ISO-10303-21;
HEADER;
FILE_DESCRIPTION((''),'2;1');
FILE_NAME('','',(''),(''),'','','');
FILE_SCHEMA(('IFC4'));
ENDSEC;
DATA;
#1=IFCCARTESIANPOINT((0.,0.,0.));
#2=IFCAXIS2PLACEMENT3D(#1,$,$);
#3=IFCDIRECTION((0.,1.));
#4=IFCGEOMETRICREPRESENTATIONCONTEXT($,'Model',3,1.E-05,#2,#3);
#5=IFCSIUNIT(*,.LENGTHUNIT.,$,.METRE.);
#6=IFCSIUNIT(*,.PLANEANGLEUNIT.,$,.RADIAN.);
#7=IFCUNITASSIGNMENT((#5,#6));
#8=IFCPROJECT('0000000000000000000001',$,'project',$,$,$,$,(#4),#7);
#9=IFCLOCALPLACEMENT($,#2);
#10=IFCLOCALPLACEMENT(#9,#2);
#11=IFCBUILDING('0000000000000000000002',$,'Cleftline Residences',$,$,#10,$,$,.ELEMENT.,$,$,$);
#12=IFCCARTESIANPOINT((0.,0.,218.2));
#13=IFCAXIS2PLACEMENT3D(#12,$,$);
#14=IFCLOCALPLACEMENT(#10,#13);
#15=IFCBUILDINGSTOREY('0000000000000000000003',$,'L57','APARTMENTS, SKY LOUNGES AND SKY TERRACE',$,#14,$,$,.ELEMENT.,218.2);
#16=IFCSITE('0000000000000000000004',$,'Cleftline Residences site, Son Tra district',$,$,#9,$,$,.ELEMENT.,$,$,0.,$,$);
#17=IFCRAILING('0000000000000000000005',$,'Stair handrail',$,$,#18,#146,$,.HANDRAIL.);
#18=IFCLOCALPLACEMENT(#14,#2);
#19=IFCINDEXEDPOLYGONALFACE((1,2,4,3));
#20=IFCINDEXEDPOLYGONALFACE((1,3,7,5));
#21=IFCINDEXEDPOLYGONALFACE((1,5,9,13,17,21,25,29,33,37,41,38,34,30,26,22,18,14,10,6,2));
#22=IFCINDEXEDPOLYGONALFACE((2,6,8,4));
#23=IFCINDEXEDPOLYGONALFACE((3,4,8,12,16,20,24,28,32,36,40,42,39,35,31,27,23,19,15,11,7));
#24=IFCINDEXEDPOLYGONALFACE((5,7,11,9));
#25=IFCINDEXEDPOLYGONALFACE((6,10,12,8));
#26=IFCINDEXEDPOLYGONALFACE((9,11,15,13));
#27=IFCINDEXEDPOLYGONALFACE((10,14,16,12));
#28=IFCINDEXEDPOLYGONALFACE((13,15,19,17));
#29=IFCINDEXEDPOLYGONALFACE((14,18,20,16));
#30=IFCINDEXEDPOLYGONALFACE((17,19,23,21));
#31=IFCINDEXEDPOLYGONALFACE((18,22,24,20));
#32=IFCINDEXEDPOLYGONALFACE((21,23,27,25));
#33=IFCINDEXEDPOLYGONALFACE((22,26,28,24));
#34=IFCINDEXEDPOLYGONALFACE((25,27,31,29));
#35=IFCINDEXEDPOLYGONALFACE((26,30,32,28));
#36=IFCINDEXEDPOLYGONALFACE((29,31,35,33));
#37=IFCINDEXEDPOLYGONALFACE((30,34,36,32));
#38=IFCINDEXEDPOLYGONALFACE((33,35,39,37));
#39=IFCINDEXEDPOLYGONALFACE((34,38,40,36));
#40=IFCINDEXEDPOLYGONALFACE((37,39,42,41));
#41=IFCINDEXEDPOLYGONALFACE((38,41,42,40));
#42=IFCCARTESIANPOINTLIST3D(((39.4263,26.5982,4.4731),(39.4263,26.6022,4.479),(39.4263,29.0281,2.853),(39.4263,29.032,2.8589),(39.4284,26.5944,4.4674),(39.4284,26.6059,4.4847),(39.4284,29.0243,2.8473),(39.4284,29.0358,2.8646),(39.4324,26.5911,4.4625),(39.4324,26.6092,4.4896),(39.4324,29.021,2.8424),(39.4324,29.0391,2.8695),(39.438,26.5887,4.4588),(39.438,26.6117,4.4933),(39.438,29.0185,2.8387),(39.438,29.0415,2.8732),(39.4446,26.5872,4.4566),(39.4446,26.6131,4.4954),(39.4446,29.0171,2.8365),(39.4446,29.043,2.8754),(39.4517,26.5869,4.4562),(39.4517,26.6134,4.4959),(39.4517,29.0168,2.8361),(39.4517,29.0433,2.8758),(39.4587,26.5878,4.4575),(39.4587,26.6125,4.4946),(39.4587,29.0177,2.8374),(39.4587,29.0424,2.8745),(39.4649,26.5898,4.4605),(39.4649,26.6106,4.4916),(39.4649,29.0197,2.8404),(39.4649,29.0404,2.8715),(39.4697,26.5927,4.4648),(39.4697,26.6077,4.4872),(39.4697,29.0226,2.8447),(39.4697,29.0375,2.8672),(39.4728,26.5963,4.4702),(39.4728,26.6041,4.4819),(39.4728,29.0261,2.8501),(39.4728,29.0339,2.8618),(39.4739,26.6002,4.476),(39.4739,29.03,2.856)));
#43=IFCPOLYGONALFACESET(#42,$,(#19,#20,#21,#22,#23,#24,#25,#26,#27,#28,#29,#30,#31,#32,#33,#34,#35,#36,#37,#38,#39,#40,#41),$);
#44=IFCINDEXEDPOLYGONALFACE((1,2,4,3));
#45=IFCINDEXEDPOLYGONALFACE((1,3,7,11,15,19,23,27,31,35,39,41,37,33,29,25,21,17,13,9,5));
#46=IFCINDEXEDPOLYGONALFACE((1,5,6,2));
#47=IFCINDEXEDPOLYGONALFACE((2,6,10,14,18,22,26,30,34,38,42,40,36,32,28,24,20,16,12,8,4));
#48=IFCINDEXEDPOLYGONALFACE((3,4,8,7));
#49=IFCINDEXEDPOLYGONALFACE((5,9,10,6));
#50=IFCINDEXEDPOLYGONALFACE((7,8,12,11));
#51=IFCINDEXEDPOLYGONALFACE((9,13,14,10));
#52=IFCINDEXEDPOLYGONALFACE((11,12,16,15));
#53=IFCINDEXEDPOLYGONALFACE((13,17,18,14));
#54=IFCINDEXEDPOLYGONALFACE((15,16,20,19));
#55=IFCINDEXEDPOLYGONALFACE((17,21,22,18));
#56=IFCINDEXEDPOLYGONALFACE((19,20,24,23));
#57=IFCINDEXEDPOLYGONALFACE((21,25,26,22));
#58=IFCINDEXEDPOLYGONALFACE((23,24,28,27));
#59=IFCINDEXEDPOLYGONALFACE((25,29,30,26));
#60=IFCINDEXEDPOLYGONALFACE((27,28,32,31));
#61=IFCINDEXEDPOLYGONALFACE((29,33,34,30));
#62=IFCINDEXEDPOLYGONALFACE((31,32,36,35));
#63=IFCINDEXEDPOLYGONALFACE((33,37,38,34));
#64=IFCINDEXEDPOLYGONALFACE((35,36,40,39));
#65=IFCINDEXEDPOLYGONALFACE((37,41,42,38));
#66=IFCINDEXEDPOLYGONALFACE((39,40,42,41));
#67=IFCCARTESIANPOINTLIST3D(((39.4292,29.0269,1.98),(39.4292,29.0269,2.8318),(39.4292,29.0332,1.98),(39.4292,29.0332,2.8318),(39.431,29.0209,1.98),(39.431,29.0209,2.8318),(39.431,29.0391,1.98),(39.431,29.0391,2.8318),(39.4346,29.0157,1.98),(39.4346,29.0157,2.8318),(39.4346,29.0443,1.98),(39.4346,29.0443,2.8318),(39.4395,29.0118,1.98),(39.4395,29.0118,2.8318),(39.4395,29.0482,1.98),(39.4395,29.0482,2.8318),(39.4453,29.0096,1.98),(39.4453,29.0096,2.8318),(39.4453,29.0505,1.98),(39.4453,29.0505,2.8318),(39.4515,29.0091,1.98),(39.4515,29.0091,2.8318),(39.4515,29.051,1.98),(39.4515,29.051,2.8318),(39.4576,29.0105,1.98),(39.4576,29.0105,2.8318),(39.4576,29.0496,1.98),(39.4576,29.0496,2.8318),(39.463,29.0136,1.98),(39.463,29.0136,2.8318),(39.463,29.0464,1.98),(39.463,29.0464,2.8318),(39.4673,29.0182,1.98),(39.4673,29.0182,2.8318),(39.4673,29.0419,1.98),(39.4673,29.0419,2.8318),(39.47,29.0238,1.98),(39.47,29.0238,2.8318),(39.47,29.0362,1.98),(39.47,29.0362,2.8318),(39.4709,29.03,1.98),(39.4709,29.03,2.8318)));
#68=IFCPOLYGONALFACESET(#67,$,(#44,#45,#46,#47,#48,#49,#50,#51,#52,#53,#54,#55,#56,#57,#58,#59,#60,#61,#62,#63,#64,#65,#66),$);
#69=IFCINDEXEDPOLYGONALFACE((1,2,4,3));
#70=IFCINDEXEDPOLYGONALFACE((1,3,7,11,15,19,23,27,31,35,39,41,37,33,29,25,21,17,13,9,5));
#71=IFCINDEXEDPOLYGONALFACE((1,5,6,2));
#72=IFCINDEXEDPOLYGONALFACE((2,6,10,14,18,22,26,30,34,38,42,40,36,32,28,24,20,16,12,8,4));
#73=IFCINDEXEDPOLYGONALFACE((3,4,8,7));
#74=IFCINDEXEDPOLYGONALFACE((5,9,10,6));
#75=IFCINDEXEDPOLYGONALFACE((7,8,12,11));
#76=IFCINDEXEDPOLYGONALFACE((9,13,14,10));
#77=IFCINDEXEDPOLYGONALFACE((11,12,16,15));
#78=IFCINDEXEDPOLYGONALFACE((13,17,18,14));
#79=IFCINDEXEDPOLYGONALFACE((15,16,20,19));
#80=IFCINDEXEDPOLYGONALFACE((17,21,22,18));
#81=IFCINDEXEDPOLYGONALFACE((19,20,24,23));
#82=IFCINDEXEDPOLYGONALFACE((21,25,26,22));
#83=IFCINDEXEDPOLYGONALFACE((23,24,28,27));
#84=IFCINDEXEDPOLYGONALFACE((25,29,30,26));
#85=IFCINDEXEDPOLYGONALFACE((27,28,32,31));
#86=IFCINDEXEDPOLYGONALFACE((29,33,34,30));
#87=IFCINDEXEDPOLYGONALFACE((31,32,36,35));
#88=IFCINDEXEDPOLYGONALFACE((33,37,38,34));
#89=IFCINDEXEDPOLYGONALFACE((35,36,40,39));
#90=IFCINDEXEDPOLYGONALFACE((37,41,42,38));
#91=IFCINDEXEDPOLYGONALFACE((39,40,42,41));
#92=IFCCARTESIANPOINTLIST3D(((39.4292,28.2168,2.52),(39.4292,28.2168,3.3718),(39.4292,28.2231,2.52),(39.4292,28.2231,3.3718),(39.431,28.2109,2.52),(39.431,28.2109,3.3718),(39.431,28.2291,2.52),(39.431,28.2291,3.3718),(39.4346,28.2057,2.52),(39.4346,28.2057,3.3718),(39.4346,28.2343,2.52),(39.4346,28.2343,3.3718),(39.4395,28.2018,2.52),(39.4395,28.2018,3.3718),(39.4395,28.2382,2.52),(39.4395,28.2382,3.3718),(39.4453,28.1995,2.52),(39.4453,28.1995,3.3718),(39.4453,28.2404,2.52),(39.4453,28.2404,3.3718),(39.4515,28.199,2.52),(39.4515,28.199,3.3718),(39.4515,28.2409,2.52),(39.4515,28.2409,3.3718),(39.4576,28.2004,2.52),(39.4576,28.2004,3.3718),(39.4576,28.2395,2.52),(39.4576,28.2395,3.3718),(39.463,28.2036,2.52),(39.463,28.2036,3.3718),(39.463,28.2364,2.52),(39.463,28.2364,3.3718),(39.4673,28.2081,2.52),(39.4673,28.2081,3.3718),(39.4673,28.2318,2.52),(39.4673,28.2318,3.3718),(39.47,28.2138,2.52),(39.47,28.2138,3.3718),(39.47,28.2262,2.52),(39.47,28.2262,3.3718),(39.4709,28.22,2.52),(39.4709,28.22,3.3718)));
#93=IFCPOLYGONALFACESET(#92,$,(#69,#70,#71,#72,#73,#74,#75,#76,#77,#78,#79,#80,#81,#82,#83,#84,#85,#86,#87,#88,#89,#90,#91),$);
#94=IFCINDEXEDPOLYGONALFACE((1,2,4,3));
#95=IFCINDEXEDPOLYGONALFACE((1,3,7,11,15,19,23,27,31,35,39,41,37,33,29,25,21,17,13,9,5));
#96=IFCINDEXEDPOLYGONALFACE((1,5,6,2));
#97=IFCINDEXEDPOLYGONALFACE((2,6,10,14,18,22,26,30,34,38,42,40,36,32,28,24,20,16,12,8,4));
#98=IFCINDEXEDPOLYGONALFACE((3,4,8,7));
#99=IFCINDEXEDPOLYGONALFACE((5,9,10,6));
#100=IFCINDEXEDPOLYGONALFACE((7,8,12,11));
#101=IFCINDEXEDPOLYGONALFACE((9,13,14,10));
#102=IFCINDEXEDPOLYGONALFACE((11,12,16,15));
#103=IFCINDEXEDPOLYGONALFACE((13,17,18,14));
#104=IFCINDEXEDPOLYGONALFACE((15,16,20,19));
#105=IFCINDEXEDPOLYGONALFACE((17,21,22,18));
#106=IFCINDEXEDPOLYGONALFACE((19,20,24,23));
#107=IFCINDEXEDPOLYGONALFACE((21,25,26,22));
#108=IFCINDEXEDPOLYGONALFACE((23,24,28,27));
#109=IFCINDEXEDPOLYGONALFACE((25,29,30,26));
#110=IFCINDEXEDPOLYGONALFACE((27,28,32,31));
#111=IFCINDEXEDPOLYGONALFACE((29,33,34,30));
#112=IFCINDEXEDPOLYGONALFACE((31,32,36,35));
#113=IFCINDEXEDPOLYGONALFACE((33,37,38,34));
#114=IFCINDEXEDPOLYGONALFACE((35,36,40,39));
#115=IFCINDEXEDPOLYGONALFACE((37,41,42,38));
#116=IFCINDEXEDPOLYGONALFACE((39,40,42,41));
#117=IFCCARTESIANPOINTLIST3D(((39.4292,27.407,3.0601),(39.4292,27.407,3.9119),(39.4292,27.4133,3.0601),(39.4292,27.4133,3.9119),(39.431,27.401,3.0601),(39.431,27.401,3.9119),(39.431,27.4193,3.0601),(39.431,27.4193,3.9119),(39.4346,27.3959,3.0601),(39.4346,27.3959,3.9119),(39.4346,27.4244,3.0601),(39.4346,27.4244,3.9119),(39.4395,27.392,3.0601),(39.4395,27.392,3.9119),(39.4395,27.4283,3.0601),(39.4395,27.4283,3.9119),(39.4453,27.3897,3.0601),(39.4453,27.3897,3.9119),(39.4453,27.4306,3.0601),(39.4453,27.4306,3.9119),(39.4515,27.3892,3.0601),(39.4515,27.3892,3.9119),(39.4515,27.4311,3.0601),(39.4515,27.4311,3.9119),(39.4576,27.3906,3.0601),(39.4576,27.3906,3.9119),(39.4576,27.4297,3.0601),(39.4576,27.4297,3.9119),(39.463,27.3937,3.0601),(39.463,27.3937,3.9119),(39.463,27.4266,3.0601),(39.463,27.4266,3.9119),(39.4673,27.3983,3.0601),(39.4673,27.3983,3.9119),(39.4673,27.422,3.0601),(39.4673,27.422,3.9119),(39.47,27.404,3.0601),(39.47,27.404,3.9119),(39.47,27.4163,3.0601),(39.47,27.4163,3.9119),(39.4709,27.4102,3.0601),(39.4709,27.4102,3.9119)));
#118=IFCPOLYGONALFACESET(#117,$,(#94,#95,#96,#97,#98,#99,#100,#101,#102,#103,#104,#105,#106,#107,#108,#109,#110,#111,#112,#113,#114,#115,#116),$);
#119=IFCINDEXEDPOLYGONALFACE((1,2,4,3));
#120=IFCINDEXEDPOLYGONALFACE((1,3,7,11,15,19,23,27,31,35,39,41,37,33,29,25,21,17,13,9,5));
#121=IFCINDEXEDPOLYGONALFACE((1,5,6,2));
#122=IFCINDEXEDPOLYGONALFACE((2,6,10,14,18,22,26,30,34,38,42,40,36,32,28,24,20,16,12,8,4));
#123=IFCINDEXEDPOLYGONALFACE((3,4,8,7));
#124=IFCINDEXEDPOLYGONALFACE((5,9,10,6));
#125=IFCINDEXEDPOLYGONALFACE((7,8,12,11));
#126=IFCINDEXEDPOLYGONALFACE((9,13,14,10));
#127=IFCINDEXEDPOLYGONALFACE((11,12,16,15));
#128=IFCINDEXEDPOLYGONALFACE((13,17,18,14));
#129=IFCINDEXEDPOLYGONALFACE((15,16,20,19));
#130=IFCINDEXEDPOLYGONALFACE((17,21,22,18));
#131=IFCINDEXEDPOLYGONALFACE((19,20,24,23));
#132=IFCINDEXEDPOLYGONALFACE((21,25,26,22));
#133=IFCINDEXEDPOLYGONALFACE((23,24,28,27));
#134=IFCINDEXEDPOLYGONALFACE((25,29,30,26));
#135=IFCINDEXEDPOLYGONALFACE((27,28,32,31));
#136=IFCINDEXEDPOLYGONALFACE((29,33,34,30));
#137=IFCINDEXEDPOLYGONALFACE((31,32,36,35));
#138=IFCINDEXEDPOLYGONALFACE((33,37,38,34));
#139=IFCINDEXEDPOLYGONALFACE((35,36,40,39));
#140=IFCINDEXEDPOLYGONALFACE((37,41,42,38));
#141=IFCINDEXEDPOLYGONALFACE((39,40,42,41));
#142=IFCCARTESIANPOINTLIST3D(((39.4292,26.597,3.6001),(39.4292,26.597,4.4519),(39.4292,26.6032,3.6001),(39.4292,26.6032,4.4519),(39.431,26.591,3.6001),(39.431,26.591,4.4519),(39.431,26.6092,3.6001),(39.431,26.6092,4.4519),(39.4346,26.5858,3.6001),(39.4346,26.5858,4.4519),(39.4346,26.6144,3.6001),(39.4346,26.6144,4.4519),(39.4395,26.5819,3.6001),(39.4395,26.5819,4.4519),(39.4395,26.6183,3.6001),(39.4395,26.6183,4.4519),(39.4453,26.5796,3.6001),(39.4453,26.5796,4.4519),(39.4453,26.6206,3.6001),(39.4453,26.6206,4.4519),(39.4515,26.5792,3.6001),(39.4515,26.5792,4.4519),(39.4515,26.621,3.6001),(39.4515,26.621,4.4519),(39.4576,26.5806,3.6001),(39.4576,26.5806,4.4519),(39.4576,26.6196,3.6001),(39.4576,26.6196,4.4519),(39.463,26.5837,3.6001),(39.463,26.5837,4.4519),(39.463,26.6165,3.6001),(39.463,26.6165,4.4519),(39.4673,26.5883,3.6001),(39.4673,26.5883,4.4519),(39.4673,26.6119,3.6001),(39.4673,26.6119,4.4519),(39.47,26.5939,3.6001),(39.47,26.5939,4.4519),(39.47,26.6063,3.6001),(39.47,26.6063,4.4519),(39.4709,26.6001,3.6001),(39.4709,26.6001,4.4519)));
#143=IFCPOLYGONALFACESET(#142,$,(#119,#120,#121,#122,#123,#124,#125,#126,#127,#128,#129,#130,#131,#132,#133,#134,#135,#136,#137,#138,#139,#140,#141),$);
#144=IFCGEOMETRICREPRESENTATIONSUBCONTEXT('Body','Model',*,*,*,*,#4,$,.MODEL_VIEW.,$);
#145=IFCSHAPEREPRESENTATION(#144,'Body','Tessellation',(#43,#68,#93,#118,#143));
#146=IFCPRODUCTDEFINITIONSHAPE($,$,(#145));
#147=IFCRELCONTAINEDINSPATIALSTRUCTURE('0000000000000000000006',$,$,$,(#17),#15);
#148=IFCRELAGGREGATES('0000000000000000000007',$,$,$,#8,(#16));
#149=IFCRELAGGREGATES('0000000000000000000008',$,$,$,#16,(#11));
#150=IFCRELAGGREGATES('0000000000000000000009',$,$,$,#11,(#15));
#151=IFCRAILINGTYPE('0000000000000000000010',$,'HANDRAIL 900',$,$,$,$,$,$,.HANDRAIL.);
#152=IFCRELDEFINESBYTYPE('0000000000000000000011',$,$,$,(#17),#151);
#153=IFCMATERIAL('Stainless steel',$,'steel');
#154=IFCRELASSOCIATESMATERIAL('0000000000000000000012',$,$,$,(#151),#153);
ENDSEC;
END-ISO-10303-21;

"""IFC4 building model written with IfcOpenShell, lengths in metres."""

from ifc_helpers import new_model, si_unit, direction, frame, origin, origin_2d, place, context, subcontext, project, spatial, circle, extrude, material, type_object, element, save


model = new_model("IFC4")

# Units and contexts
model_context = context("Model", 3, precision=1e-05, world=origin(), true_north=direction((0.0, 1.0)))
body_context = subcontext(model_context, "Body", "Model", "MODEL_VIEW")
ifc_project = project(units=[si_unit("LENGTHUNIT", "METRE"), si_unit("PLANEANGLEUNIT", "RADIAN")], contexts=[model_context])

# Site, building, storey
site_placement = place(None, origin())
site = spatial("IfcSite", under=ifc_project, at=site_placement, Name="Cleftline Residences site, Son Tra district", CompositionType="ELEMENT", RefElevation=0.0)
building_placement = place(site_placement, origin())
building = spatial("IfcBuilding", under=site, at=building_placement, Name="Cleftline Residences", CompositionType="ELEMENT")
storey_placement = place(building_placement, frame((0.0, 0.0, 218.2)))
storey = spatial("IfcBuildingStorey", under=building, at=storey_placement, Name="L57", Description="APARTMENTS, SKY LOUNGES AND SKY TERRACE", CompositionType="ELEMENT", Elevation=218.2)

# Railing
ifc_material_1 = material(Name="Stainless steel", Category="steel")
railing_type = type_object("IfcRailingType", Name="HANDRAIL 900", PredefinedType="HANDRAIL", material=ifc_material_1)
railing_1_placement = place(storey_placement, frame((39.45, 29.03, 1.98)))
element("IfcRailing", 1, at=railing_1_placement, inside=storey, type_object=railing_type, Name="Stair handrail", PredefinedType="HANDRAIL", context=body_context, shape_type="SweptSolid", body=[
    extrude(circle(Radius=0.0239, at=origin_2d()), frame((0.0, 0.0, 0.876), z_axis=(0.0, -0.832025, 0.554739), x_axis=(1.0, 0.0, 0.0)), (0.0, 0.0, 1.0), 2.9204),
    extrude(circle(Radius=0.021, at=origin_2d()), origin(), (0.0, 0.0, 1.0), 0.8518),
    extrude(circle(Radius=0.021, at=origin_2d()), frame((0.0, -0.8101, 0.54)), (0.0, 0.0, 1.0), 0.8518),
    extrude(circle(Radius=0.021, at=origin_2d()), frame((0.0, -1.6199, 1.0801)), (0.0, 0.0, 1.0), 0.8518),
    extrude(circle(Radius=0.021, at=origin_2d()), frame((0.0, -2.4299, 1.6201)), (0.0, 0.0, 1.0), 0.8518),
])

save(model, "model.ifc")
